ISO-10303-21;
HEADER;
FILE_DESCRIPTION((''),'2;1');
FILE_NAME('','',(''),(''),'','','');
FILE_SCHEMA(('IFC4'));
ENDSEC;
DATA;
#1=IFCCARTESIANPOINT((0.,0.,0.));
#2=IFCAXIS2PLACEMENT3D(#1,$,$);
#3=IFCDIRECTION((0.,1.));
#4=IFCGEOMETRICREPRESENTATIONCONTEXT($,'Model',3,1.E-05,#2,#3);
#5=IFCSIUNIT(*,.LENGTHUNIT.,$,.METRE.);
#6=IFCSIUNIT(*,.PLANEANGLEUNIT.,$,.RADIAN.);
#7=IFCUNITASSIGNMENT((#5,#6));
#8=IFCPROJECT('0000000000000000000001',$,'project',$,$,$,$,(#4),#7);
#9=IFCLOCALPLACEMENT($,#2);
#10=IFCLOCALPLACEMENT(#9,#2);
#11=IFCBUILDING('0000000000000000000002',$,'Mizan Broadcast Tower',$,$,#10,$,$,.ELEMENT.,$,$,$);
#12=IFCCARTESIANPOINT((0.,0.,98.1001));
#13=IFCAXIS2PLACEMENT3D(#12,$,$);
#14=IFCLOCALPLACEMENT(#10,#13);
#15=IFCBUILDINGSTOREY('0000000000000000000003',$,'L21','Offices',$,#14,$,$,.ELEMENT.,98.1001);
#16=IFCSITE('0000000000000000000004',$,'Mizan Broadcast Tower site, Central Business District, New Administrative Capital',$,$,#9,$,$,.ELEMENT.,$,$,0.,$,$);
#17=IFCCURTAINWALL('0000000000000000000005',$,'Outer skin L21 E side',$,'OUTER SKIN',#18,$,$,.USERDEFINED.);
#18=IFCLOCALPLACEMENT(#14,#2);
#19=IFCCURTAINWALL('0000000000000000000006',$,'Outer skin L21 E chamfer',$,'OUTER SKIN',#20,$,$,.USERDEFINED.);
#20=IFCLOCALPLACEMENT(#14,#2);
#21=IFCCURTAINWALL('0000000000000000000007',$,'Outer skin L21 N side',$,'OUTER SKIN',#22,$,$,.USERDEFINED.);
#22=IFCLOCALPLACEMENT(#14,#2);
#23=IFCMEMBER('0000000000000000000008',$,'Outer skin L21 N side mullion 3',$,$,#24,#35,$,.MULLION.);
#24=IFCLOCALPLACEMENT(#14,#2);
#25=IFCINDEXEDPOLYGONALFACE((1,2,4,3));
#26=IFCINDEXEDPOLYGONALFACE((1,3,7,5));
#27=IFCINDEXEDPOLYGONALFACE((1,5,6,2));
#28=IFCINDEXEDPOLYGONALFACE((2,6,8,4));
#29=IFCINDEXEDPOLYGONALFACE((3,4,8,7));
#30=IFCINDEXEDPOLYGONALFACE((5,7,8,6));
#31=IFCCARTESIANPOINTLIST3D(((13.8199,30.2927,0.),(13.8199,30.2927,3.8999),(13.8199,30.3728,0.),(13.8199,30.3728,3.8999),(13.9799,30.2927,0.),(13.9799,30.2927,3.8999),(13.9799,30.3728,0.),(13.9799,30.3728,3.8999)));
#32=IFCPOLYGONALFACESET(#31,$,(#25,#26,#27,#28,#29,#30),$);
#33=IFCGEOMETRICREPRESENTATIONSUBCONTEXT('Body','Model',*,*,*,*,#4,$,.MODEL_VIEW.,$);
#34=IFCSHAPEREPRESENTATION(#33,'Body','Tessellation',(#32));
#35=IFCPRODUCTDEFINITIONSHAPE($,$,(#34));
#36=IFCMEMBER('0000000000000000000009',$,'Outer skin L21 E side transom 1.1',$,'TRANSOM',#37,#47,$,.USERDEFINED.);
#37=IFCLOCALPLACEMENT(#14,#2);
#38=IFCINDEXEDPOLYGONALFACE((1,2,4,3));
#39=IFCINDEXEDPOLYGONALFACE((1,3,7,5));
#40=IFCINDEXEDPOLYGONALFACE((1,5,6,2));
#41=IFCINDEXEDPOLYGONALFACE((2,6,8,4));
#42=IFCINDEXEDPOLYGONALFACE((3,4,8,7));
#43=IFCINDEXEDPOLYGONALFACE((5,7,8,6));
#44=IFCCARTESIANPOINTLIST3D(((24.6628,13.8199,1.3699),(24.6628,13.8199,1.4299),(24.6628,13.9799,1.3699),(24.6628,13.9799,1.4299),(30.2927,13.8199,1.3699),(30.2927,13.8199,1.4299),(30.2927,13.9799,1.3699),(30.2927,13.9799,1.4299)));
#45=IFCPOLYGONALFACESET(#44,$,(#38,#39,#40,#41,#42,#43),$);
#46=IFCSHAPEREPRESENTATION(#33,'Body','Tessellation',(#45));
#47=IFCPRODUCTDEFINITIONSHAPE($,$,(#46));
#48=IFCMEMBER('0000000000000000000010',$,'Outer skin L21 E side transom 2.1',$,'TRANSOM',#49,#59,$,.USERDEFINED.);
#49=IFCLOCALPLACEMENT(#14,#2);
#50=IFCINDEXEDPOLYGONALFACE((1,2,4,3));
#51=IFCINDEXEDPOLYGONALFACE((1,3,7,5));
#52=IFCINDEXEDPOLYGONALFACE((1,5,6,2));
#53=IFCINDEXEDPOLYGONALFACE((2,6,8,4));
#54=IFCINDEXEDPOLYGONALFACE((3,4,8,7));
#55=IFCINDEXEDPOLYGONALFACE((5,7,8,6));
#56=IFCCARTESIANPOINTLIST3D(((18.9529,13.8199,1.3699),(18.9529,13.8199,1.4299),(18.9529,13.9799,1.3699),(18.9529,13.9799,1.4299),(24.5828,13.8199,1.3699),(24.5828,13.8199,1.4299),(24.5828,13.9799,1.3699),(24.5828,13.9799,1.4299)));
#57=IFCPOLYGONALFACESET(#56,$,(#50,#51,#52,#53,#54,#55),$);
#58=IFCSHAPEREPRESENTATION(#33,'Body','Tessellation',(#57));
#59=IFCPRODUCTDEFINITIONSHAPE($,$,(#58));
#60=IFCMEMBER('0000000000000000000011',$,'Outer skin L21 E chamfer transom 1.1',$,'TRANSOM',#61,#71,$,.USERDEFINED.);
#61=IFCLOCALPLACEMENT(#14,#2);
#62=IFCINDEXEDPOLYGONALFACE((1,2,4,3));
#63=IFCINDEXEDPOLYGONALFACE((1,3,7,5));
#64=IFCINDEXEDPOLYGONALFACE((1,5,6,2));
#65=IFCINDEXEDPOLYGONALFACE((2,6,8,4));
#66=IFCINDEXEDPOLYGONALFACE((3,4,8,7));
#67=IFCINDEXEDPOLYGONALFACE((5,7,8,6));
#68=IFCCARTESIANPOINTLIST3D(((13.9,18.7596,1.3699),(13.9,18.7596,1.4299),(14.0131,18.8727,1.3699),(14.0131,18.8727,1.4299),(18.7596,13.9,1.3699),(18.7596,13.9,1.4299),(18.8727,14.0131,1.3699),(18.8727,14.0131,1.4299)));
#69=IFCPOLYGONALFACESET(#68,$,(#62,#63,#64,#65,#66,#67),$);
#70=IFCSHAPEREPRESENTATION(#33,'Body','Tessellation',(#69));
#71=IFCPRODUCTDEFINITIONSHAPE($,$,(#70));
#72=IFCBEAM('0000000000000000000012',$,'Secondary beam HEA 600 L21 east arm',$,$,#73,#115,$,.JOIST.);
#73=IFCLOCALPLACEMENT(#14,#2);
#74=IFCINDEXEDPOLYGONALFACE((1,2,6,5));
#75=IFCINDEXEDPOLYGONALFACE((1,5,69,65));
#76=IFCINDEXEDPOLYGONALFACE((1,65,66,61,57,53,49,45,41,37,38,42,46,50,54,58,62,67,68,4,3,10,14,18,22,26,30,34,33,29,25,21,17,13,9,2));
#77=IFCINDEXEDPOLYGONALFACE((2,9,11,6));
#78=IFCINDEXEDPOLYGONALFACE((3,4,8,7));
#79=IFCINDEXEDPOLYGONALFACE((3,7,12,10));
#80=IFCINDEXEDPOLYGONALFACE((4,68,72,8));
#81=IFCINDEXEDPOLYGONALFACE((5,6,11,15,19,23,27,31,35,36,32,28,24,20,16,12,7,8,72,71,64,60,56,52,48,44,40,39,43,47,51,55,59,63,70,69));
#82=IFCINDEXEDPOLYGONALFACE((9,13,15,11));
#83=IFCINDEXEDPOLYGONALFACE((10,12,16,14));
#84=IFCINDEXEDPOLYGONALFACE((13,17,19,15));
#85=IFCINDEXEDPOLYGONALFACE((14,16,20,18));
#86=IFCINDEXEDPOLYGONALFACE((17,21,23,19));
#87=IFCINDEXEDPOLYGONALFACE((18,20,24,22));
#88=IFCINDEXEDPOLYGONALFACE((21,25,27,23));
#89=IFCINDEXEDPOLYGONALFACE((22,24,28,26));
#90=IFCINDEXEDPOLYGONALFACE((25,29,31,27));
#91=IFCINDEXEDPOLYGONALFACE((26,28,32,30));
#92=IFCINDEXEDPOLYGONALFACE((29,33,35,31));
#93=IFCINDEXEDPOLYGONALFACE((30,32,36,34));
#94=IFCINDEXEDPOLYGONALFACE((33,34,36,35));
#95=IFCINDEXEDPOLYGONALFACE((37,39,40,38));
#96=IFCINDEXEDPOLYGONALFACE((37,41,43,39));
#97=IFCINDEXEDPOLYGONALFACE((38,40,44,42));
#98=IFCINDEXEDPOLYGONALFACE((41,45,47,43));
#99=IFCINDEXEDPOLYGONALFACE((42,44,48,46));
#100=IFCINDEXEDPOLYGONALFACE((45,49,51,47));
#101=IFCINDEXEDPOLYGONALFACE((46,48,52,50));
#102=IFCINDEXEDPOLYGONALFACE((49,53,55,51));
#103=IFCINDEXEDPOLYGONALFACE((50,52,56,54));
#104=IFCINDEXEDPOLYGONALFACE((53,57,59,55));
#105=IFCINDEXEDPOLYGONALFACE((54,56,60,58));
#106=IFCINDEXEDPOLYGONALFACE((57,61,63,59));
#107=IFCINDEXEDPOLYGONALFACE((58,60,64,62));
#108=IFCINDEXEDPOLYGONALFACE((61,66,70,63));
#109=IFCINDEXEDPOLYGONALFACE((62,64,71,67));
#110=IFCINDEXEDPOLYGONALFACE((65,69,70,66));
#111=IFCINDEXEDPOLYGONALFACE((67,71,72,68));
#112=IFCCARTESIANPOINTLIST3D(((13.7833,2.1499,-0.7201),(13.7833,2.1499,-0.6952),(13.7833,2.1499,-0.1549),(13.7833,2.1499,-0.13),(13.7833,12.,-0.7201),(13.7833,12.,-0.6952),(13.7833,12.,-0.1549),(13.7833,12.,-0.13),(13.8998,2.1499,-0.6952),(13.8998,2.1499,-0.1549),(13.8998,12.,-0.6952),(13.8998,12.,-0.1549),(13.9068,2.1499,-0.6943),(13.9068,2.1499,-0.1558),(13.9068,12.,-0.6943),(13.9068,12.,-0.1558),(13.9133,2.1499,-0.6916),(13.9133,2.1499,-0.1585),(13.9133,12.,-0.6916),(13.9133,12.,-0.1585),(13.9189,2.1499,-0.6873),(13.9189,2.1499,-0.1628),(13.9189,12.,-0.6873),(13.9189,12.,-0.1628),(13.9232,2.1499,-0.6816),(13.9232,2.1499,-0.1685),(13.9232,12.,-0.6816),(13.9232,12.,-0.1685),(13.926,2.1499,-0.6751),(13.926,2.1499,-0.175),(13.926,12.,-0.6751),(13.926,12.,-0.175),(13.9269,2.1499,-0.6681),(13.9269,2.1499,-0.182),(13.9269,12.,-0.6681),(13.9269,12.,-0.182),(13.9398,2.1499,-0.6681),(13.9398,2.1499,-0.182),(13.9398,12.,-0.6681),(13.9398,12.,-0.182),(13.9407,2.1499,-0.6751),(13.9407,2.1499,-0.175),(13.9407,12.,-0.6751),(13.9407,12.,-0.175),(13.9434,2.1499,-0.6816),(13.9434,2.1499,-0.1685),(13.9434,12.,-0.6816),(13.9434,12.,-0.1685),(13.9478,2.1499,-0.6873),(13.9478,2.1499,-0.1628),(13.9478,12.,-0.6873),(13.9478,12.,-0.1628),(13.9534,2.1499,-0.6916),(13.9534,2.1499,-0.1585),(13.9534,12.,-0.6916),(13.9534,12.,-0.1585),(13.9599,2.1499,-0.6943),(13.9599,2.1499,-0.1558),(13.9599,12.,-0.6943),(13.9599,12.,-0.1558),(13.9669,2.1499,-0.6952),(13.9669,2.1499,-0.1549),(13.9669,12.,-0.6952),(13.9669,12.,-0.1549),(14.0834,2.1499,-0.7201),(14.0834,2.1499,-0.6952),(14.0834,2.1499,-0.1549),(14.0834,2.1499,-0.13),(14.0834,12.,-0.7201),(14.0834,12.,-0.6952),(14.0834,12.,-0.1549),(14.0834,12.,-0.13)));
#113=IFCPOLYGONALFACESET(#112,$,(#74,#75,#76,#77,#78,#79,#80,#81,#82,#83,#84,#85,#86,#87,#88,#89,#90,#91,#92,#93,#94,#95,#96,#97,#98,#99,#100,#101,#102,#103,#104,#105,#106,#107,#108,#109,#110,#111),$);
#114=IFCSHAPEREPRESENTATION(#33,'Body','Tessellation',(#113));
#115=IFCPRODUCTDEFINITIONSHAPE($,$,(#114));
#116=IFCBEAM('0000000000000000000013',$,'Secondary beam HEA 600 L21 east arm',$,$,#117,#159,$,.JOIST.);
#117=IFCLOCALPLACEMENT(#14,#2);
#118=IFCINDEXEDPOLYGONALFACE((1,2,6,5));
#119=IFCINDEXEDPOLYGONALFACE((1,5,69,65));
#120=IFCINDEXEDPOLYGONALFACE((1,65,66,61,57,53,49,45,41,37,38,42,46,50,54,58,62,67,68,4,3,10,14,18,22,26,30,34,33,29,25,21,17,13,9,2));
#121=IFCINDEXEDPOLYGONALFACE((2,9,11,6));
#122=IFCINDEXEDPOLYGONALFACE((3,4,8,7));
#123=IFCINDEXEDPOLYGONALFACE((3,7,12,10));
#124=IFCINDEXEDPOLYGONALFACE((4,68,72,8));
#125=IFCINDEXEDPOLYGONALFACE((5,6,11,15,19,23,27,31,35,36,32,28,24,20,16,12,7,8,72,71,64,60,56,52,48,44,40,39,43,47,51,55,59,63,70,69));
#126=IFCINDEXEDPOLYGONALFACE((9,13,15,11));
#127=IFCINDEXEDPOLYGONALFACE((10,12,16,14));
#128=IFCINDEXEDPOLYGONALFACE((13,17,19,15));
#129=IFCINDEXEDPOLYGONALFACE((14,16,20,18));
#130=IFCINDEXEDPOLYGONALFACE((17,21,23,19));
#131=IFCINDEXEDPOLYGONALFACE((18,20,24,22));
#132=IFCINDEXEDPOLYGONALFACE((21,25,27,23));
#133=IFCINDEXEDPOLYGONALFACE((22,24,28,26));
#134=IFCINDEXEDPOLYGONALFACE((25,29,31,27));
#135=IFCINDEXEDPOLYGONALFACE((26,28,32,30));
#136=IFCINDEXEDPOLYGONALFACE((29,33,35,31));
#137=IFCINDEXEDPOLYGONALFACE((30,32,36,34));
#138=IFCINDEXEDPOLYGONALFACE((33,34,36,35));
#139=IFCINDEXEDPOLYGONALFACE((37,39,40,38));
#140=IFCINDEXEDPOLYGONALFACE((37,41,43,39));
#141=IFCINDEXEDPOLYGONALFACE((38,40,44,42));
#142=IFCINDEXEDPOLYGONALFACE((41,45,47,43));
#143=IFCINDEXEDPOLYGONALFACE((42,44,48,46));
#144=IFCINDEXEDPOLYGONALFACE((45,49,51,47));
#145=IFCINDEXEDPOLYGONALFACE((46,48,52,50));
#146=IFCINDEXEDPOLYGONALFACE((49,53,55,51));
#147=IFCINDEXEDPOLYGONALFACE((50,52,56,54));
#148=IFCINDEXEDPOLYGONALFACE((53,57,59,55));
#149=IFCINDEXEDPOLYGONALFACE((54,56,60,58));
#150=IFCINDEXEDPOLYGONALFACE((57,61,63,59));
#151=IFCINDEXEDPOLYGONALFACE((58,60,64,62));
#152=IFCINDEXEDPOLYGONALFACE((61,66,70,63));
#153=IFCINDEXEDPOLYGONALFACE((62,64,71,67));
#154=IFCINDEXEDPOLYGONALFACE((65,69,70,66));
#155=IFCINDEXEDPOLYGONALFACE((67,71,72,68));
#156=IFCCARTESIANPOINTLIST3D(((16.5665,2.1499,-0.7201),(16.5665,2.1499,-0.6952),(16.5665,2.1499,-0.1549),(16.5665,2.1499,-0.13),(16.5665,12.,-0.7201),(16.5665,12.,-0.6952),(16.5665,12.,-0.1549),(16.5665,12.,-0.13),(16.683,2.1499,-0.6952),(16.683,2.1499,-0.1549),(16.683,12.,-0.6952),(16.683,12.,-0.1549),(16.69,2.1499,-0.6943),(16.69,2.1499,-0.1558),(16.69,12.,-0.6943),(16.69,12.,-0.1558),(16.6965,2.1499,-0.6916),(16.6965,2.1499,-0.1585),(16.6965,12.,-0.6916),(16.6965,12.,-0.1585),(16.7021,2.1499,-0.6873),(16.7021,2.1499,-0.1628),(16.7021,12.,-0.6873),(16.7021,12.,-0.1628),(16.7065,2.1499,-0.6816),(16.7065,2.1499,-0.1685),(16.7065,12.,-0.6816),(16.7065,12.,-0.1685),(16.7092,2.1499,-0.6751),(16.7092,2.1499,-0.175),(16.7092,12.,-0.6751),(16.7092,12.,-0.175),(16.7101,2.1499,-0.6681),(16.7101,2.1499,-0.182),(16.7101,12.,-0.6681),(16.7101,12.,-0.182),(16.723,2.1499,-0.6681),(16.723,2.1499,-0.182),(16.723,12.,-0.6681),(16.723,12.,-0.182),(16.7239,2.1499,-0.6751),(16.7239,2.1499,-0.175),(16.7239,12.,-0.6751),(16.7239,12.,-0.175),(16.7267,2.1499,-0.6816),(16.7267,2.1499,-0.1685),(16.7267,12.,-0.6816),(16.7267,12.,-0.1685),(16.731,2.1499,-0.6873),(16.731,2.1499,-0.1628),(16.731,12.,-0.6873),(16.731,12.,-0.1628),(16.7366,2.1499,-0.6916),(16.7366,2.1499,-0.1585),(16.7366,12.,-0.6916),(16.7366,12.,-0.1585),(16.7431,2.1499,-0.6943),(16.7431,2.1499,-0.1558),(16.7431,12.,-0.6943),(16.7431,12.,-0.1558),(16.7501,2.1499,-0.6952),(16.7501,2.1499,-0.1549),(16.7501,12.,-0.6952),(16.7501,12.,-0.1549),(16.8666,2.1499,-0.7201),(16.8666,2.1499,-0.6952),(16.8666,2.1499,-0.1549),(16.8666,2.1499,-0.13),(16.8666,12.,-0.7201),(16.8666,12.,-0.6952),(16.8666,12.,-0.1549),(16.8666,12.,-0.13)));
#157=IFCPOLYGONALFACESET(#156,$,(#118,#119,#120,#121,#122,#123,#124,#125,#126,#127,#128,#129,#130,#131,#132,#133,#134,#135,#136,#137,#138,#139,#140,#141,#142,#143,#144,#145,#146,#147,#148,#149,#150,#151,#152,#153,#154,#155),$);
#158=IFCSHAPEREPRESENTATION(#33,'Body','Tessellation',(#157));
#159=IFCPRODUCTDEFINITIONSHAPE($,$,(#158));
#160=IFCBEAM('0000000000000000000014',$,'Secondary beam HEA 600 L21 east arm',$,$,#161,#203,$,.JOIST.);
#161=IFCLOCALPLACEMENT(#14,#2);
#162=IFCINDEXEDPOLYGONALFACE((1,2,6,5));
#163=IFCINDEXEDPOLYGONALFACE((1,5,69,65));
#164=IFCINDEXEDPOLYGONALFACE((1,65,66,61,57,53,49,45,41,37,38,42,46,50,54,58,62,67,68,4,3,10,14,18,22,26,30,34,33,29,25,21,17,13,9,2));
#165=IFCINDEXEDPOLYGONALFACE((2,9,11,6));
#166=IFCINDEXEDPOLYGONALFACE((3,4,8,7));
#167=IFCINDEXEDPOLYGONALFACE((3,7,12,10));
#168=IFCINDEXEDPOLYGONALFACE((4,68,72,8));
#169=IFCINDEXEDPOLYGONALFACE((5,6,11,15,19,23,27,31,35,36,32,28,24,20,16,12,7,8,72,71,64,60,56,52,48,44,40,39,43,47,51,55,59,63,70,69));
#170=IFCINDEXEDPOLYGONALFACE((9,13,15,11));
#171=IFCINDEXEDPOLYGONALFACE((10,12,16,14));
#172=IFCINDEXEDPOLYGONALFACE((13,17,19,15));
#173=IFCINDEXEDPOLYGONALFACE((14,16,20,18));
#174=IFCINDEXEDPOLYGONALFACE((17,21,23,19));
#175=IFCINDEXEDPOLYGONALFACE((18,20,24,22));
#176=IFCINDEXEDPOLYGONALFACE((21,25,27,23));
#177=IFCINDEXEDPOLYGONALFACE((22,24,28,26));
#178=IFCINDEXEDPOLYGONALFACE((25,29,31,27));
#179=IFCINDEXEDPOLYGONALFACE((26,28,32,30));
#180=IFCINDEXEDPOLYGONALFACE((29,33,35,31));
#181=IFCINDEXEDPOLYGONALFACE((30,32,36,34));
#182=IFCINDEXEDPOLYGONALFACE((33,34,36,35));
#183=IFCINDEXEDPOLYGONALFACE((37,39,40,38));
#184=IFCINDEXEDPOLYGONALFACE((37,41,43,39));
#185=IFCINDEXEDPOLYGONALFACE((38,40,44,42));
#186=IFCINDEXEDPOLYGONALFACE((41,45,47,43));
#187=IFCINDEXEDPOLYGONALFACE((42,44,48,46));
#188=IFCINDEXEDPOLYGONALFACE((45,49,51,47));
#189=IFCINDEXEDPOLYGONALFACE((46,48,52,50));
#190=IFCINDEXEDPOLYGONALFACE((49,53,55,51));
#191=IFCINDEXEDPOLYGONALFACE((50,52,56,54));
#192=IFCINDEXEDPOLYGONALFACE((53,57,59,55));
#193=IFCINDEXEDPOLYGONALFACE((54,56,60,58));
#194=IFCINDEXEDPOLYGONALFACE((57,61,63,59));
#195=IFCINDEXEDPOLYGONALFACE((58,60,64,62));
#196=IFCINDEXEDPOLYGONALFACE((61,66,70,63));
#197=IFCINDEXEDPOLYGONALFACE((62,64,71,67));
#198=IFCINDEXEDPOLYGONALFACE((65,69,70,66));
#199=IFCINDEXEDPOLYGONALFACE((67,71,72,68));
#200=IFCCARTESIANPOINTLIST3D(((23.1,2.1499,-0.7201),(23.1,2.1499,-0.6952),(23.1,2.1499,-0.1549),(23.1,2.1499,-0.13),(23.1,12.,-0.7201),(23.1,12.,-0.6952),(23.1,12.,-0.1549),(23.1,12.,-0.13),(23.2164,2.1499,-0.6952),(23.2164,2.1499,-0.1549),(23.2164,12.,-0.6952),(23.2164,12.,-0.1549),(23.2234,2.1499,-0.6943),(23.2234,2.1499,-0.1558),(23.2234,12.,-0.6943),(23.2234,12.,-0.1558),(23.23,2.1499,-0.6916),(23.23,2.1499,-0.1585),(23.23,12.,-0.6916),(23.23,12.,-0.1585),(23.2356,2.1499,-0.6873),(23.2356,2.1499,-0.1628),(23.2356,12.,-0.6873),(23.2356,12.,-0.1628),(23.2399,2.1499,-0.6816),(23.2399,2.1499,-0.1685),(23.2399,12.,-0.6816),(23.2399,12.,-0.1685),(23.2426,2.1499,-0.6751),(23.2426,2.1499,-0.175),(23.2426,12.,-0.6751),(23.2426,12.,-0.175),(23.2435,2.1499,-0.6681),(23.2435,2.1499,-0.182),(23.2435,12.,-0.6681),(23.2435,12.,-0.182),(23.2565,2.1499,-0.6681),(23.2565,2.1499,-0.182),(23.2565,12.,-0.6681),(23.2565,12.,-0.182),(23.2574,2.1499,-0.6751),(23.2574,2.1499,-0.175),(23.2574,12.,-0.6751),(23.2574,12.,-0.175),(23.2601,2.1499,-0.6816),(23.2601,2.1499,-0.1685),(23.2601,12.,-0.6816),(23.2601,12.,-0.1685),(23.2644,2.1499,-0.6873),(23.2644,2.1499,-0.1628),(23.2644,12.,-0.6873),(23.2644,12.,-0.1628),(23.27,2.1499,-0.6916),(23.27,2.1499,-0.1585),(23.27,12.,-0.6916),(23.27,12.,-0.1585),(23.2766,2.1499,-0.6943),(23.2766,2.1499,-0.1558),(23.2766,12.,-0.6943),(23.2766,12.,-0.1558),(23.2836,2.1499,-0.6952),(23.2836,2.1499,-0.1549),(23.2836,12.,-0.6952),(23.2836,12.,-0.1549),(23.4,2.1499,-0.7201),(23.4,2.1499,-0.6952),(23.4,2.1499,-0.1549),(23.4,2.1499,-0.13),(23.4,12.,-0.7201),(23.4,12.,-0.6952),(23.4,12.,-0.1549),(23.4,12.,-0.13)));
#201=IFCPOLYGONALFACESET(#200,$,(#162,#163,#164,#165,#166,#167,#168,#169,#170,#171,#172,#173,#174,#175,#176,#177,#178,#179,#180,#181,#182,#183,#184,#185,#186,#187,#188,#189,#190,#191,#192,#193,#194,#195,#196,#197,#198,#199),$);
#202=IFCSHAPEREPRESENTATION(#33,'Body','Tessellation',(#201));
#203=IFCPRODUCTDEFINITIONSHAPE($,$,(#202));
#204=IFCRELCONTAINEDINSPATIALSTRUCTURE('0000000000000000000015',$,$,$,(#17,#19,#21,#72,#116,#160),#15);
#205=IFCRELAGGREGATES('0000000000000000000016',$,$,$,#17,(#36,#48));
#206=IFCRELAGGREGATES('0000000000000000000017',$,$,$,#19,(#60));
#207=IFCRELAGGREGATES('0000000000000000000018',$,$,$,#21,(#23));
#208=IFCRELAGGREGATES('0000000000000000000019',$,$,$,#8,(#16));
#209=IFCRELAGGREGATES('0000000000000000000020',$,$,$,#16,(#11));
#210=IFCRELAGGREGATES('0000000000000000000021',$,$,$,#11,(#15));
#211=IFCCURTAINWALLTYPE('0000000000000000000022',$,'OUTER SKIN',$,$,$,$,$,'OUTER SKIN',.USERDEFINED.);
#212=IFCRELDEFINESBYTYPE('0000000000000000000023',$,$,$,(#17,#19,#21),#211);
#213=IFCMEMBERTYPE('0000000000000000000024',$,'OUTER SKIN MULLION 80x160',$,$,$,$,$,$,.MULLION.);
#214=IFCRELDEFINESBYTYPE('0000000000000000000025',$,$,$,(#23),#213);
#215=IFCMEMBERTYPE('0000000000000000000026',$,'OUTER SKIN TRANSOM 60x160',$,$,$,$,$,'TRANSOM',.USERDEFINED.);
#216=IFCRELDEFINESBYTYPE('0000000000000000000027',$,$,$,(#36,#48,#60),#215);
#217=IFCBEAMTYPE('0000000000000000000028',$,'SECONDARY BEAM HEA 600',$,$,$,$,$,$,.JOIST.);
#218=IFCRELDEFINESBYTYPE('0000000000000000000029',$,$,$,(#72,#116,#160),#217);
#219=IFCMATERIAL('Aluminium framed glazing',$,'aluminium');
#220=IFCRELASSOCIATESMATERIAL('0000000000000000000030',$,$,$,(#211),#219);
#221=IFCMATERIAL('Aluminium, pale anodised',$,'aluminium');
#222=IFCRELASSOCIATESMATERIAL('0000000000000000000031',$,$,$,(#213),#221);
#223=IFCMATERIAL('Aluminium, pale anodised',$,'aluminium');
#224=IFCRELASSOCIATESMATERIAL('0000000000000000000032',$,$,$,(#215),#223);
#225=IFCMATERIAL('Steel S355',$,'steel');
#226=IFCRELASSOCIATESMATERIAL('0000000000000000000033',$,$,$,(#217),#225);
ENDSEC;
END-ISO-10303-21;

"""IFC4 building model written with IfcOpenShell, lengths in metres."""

from ifc_helpers import new_model, si_unit, direction, frame, origin, origin_2d, place, context, subcontext, project, spatial, rectangle, i_section, extrude, material, material_profile, profile_set, type_object, element, aggregate, save


model = new_model("IFC4")

# Units and contexts
model_context = context("Model", 3, precision=1e-05, world=origin(), true_north=direction((0.0, 1.0)))
body_context = subcontext(model_context, "Body", "Model", "MODEL_VIEW")
ifc_project = project(units=[si_unit("LENGTHUNIT", "METRE"), si_unit("PLANEANGLEUNIT", "RADIAN")], contexts=[model_context])

# Site, building, storey
site_placement = place(None, origin())
site = spatial("IfcSite", under=ifc_project, at=site_placement, Name="Mizan Broadcast Tower site, Central Business District, New Administrative Capital", CompositionType="ELEMENT", RefElevation=0.0)
building_placement = place(site_placement, origin())
building = spatial("IfcBuilding", under=site, at=building_placement, Name="Mizan Broadcast Tower", CompositionType="ELEMENT")
storey_placement = place(building_placement, frame((0.0, 0.0, 98.1001)))
storey = spatial("IfcBuildingStorey", under=building, at=storey_placement, Name="L21", Description="Offices", CompositionType="ELEMENT", Elevation=98.1001)

# Shared definitions
ifc_material_1 = material(Name="Aluminium framed glazing", Category="aluminium")
curtain_wall_type_1 = type_object("IfcCurtainWallType", Name="OUTER SKIN", ElementType="OUTER SKIN", PredefinedType="USERDEFINED", material=ifc_material_1)
ifc_material_2 = material(Name="Aluminium, pale anodised", Category="aluminium")
ifc_material_profile_1 = material_profile(ifc_material_2, rectangle(XDim=0.1599, YDim=0.0801, at=origin_2d()), Name="MULLION 160x80")
ifc_profile_set_1 = profile_set([ifc_material_profile_1], Name="Aluminium, pale anodised")
member_type_1 = type_object("IfcMemberType", Name="OUTER SKIN MULLION 80x160", PredefinedType="MULLION", material=ifc_profile_set_1)

# Curtain wall
curtain_wall_1_placement = place(storey_placement, origin())
curtain_wall_1 = element("IfcCurtainWall", 1, at=curtain_wall_1_placement, inside=storey, type_object=curtain_wall_type_1, Name="Outer skin L21 E side", ObjectType="OUTER SKIN", PredefinedType="USERDEFINED")

# Curtain walls, member
curtain_wall_2_placement = place(storey_placement, origin())
curtain_wall_2 = element("IfcCurtainWall", 2, at=curtain_wall_2_placement, inside=storey, type_object=curtain_wall_type_1, Name="Outer skin L21 E chamfer", ObjectType="OUTER SKIN", PredefinedType="USERDEFINED")
curtain_wall_3_placement = place(storey_placement, origin())
curtain_wall_3 = element("IfcCurtainWall", 3, at=curtain_wall_3_placement, inside=storey, type_object=curtain_wall_type_1, Name="Outer skin L21 N side", ObjectType="OUTER SKIN", PredefinedType="USERDEFINED")
member_1_placement = place(storey_placement, frame((13.8999, 30.3328, 0.0), z_axis=(0.0, 0.0, 1.0), x_axis=(-1.0, 0.0, 0.0)))
member_1 = element("IfcMember", 4, at=member_1_placement, type_object=member_type_1, Name="Outer skin L21 N side mullion 3", PredefinedType="MULLION", context=body_context, shape_type="SweptSolid", body=[
    extrude(rectangle(XDim=0.1599, YDim=0.0801, at=origin_2d()), origin(), (0.0, 0.0, 1.0), 3.8999),
])

# Members
ifc_material_3 = material(Name="Aluminium, pale anodised", Category="aluminium")
ifc_material_profile_2 = material_profile(ifc_material_3, rectangle(XDim=0.1599, YDim=0.0601, at=origin_2d()), Name="TRANSOM 160x60")
ifc_profile_set_2 = profile_set([ifc_material_profile_2], Name="Aluminium, pale anodised")
member_type_2 = type_object("IfcMemberType", Name="OUTER SKIN TRANSOM 60x160", ElementType="TRANSOM", PredefinedType="USERDEFINED", material=ifc_profile_set_2)
member_2_placement = place(storey_placement, frame((30.2927, 13.8999, 1.3999), z_axis=(-1.0, 0.0, 0.0), x_axis=(0.0, -1.0, 0.0)))
member_2 = element("IfcMember", 5, at=member_2_placement, type_object=member_type_2, Name="Outer skin L21 E side transom 1.1", ObjectType="TRANSOM", PredefinedType="USERDEFINED", context=body_context, shape_type="SweptSolid", body=[
    extrude(rectangle(XDim=0.1599, YDim=0.0601, at=origin_2d()), origin(), (0.0, 0.0, 1.0), 5.6299),
])
member_3_placement = place(storey_placement, frame((24.5828, 13.8999, 1.3999), z_axis=(-1.0, 0.0, 0.0), x_axis=(0.0, -1.0, 0.0)))
member_3 = element("IfcMember", 6, at=member_3_placement, type_object=member_type_2, Name="Outer skin L21 E side transom 2.1", ObjectType="TRANSOM", PredefinedType="USERDEFINED", context=body_context, shape_type="SweptSolid", body=[
    extrude(rectangle(XDim=0.1599, YDim=0.0601, at=origin_2d()), origin(), (0.0, 0.0, 1.0), 5.6299),
])
member_4_placement = place(storey_placement, frame((18.8162, 13.9565, 1.3999), z_axis=(-0.707107, 0.707107, 0.0), x_axis=(-0.707107, -0.707107, 0.0)))
member_4 = element("IfcMember", 7, at=member_4_placement, type_object=member_type_2, Name="Outer skin L21 E chamfer transom 1.1", ObjectType="TRANSOM", PredefinedType="USERDEFINED", context=body_context, shape_type="SweptSolid", body=[
    extrude(rectangle(XDim=0.1599, YDim=0.0601, at=origin_2d()), origin(), (0.0, 0.0, 1.0), 6.8726),
])

# Beams
ifc_material_4 = material(Name="Steel S355", Category="steel")
ifc_material_profile_3 = material_profile(ifc_material_4, i_section(OverallWidth=0.3, OverallDepth=0.5901, WebThickness=0.0129, FlangeThickness=0.0249, FilletRadius=0.0271, at=origin_2d()), Name="HEA 600")
ifc_profile_set_3 = profile_set([ifc_material_profile_3], Name="Steel S355")
beam_type_1 = type_object("IfcBeamType", Name="SECONDARY BEAM HEA 600", PredefinedType="JOIST", material=ifc_profile_set_3)
for number, where, z_axis, x_axis, name in (
    (8, (13.9333, 12.0, -0.425), (0.0, -1.0, 0.0), (1.0, 0.0, 0.0), "Secondary beam HEA 600 L21 east arm"),
    (9, (16.7166, 12.0, -0.425), (0.0, -1.0, 0.0), (1.0, 0.0, 0.0), "Secondary beam HEA 600 L21 east arm"),
    (10, (23.25, 12.0, -0.425), (0.0, -1.0, 0.0), (1.0, 0.0, 0.0), "Secondary beam HEA 600 L21 east arm"),
):
    element("IfcBeam", number, at=place(storey_placement, frame(where, z_axis=z_axis, x_axis=x_axis)), inside=storey, type_object=beam_type_1, Name=name, PredefinedType="JOIST", context=body_context, shape_type="SweptSolid", body=[
        extrude(i_section(OverallWidth=0.3, OverallDepth=0.5901, WebThickness=0.0129, FlangeThickness=0.0249, FilletRadius=0.0271, at=origin_2d()), origin(), (0.0, 0.0, 1.0), 9.8501),
    ])

aggregate(curtain_wall_1, [member_2, member_3])
aggregate(curtain_wall_2, [member_4])
aggregate(curtain_wall_3, [member_1])

save(model, "model.ifc")
